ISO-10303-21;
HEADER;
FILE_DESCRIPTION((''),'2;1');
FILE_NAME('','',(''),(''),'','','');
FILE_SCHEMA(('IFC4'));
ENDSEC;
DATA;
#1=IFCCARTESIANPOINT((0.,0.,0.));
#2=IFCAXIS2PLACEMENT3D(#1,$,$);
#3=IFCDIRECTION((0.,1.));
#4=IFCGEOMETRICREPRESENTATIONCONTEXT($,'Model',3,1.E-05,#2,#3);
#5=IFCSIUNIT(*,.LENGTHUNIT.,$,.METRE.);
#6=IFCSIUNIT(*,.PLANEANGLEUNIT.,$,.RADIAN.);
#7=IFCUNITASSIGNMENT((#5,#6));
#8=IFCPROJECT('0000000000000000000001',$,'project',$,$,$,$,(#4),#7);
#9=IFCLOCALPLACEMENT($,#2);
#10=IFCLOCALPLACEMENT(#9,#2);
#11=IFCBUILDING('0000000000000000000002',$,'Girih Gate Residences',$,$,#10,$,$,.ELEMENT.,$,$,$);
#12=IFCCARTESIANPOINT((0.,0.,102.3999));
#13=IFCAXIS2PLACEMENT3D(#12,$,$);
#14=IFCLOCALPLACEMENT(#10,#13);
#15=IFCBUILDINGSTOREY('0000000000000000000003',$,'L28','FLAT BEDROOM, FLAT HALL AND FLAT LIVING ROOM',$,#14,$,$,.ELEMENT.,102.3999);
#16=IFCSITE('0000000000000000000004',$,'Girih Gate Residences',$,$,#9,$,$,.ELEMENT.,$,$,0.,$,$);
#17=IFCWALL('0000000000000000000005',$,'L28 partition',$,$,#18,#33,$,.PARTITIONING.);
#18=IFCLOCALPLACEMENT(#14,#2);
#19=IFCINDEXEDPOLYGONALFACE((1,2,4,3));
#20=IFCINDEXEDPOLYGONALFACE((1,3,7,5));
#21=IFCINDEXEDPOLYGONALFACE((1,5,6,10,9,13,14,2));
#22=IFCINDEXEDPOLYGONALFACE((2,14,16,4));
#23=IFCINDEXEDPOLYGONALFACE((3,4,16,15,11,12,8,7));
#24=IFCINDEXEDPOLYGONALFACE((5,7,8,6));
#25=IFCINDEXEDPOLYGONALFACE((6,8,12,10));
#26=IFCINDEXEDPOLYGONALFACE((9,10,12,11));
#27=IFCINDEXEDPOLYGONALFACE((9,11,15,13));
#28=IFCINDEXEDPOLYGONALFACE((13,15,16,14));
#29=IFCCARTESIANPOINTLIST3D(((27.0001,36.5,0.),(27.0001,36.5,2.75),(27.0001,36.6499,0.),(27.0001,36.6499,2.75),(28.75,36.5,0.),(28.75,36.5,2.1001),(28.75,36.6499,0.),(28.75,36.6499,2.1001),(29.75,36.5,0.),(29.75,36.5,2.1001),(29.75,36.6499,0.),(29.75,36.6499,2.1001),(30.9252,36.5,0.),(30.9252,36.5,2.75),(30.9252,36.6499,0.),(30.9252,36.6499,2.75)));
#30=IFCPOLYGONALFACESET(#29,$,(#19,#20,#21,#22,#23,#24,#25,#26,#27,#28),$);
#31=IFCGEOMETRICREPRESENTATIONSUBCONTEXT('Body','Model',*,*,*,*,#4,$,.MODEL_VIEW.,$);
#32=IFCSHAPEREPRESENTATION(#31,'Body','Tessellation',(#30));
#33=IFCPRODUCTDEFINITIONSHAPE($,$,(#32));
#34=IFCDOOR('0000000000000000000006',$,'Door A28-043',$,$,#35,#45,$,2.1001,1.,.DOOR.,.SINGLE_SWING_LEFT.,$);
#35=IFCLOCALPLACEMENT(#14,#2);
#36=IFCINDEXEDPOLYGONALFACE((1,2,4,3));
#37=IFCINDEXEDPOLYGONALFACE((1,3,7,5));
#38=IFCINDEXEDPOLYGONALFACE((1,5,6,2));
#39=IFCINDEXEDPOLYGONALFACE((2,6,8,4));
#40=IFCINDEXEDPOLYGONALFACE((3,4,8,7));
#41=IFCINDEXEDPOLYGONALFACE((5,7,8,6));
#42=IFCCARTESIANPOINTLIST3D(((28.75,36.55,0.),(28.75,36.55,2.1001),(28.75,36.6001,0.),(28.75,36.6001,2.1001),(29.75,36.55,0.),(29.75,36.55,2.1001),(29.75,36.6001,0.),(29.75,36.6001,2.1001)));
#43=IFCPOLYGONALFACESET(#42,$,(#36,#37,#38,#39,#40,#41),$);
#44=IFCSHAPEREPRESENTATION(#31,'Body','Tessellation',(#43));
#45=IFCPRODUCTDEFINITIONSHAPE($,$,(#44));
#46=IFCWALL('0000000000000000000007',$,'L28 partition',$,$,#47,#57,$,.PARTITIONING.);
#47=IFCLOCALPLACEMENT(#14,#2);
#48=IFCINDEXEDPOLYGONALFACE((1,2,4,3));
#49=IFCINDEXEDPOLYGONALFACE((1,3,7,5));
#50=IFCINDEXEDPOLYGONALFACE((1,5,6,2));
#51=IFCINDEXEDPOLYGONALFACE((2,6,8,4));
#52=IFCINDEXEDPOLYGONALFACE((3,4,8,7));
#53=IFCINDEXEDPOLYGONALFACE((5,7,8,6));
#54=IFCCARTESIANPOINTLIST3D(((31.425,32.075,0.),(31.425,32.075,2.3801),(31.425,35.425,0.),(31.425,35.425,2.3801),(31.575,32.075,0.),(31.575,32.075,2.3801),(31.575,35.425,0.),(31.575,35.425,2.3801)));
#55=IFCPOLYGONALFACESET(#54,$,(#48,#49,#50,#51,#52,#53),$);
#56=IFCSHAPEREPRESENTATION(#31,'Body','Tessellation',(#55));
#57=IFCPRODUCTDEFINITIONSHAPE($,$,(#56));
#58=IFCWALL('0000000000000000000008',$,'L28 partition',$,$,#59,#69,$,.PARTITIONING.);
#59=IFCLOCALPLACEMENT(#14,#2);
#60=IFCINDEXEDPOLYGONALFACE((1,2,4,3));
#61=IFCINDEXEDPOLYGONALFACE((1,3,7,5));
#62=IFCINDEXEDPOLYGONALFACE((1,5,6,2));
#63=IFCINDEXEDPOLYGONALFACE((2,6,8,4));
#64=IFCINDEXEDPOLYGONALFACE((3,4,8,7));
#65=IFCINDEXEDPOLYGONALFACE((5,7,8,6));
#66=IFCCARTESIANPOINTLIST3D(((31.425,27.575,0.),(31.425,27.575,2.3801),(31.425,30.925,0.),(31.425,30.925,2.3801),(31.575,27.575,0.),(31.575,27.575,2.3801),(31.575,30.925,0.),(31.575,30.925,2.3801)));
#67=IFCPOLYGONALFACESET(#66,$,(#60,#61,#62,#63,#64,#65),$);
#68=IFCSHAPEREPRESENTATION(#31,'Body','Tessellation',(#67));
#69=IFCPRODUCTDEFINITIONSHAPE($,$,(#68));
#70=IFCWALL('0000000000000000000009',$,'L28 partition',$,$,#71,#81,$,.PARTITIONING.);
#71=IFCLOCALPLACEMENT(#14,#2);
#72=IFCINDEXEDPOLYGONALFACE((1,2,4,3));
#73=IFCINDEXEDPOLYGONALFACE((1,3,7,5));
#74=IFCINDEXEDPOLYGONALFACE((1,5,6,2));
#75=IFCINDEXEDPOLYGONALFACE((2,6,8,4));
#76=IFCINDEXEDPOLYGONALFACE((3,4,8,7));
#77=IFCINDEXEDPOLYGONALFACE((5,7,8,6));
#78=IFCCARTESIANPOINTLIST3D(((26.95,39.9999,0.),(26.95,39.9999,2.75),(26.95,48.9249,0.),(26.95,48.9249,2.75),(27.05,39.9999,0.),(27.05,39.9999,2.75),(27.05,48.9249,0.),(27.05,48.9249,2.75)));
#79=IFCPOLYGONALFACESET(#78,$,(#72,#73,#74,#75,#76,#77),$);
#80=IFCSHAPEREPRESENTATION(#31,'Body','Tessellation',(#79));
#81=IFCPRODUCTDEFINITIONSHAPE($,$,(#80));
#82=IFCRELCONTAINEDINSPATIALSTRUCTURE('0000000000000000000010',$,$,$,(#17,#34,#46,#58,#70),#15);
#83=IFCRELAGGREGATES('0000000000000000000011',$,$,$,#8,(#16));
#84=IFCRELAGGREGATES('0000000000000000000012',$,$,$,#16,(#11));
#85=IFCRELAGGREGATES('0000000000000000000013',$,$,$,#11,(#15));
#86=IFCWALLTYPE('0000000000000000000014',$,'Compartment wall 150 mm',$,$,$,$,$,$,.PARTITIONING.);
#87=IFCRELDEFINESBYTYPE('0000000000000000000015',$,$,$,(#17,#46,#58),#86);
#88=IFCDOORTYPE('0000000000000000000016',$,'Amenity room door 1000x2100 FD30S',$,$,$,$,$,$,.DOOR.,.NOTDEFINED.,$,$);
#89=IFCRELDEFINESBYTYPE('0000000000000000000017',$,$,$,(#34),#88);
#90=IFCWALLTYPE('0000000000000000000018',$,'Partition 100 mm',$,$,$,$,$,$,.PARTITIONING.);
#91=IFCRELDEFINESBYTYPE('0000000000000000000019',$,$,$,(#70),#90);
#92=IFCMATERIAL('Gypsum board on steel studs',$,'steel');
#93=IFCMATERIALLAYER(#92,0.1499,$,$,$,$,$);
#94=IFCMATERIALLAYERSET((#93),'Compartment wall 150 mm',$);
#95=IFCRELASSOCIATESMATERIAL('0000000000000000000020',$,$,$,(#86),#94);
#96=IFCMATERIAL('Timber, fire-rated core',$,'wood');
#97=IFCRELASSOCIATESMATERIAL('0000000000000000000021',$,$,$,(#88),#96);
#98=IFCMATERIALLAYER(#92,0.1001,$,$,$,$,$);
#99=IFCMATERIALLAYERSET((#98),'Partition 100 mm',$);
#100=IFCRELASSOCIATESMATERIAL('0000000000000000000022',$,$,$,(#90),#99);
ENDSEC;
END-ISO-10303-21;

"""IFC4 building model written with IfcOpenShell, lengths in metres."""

from ifc_helpers import new_model, si_unit, direction, frame, frame_2d, origin, place, context, subcontext, project, spatial, rectangle, extrude, material, layer, layer_set, type_object, element, fill, save


model = new_model("IFC4")

# Units and contexts
model_context = context("Model", 3, precision=1e-05, world=origin(), true_north=direction((0.0, 1.0)))
body_context = subcontext(model_context, "Body", "Model", "MODEL_VIEW")
ifc_project = project(units=[si_unit("LENGTHUNIT", "METRE"), si_unit("PLANEANGLEUNIT", "RADIAN")], contexts=[model_context])

# Site, building, storey
site_placement = place(None, origin())
site = spatial("IfcSite", under=ifc_project, at=site_placement, Name="Girih Gate Residences", CompositionType="ELEMENT", RefElevation=0.0)
building_placement = place(site_placement, origin())
building = spatial("IfcBuilding", under=site, at=building_placement, Name="Girih Gate Residences", CompositionType="ELEMENT")
storey_placement = place(building_placement, frame((0.0, 0.0, 102.3999)))
storey = spatial("IfcBuildingStorey", under=building, at=storey_placement, Name="L28", Description="FLAT BEDROOM, FLAT HALL AND FLAT LIVING ROOM", CompositionType="ELEMENT", Elevation=102.3999)

# Wall, opening, door
ifc_material_1 = material(Name="Gypsum board on steel studs", Category="steel")
ifc_layer_1 = layer(ifc_material_1, 0.1499)
ifc_layer_set_1 = layer_set([ifc_layer_1], Name="Compartment wall 150 mm")
wall_type_1 = type_object("IfcWallType", Name="Compartment wall 150 mm", PredefinedType="PARTITIONING", material=ifc_layer_set_1)
ifc_material_2 = material(Name="Timber, fire-rated core", Category="wood")
door_type = type_object("IfcDoorType", Name="Amenity room door 1000x2100 FD30S", OperationType="NOTDEFINED", PredefinedType="DOOR", material=ifc_material_2)
wall_1_placement = place(storey_placement, frame((30.925, 36.575, 0.0), z_axis=(0.0, 0.0, 1.0), x_axis=(-1.0, 0.0, 0.0)))
wall_1 = element("IfcWall", 1, at=wall_1_placement, inside=storey, type_object=wall_type_1, Name="L28 partition", PredefinedType="PARTITIONING", context=body_context, shape_type="SweptSolid", body=[
    extrude(rectangle(XDim=3.925, YDim=0.1499, at=frame_2d((1.9624, 0.0))), origin(), (0.0, 0.0, 1.0), 2.75),
])
opening_1_placement = place(wall_1_placement, frame((1.175, 0.0, 0.0)))
opening_1 = element("IfcOpeningElement", 2, at=opening_1_placement, cuts=wall_1, PredefinedType="OPENING", context=body_context, shape_type="SweptSolid", body=[
    extrude(rectangle(XDim=1.0, YDim=2.1001, at=frame_2d((0.5, 1.05))), frame((0.0, 0.085, 0.0), z_axis=(0.0, -1.0, 0.0), x_axis=(1.0, 0.0, 0.0)), (0.0, 0.0, 1.0), 0.1699),
])
door_1_placement = place(opening_1_placement, origin())
door_1 = element("IfcDoor", 3, at=door_1_placement, inside=storey, type_object=door_type, Name="Door A28-043", OperationType="SINGLE_SWING_LEFT", OverallHeight=2.1001, OverallWidth=1.0, PredefinedType="DOOR", context=body_context, shape_type="SweptSolid", body=[
    extrude(rectangle(XDim=1.0, YDim=2.1001, at=frame_2d((0.5, 1.05))), frame((0.0, 0.0249, 0.0), z_axis=(0.0, -1.0, 0.0), x_axis=(1.0, 0.0, 0.0)), (0.0, 0.0, 1.0), 0.05),
])
fill(opening_1, door_1)

# Walls
for number, where, z_axis, x_axis, name in (
    (4, (31.5, 32.075, 0.0), (0.0, 0.0, 1.0), (0.0, 1.0, 0.0), "L28 partition"),
    (5, (31.5, 27.575, 0.0), (0.0, 0.0, 1.0), (0.0, 1.0, 0.0), "L28 partition"),
):
    element("IfcWall", number, at=place(storey_placement, frame(where, z_axis=z_axis, x_axis=x_axis)), inside=storey, type_object=wall_type_1, Name=name, PredefinedType="PARTITIONING", context=body_context, shape_type="SweptSolid", body=[
        extrude(rectangle(XDim=3.3501, YDim=0.1499, at=frame_2d((1.675, 0.0))), origin(), (0.0, 0.0, 1.0), 2.3801),
    ])
ifc_layer_2 = layer(ifc_material_1, 0.1001)
ifc_layer_set_2 = layer_set([ifc_layer_2], Name="Partition 100 mm")
wall_type_2 = type_object("IfcWallType", Name="Partition 100 mm", PredefinedType="PARTITIONING", material=ifc_layer_set_2)
wall_2_placement = place(storey_placement, frame((27.0, 40.0, 0.0), z_axis=(0.0, 0.0, 1.0), x_axis=(0.0, 1.0, 0.0)))
element("IfcWall", 6, at=wall_2_placement, inside=storey, type_object=wall_type_2, Name="L28 partition", PredefinedType="PARTITIONING", context=body_context, shape_type="SweptSolid", body=[
    extrude(rectangle(XDim=8.925, YDim=0.1001, at=frame_2d((4.4624, 0.0))), origin(), (0.0, 0.0, 1.0), 2.75),
])

save(model, "model.ifc")
